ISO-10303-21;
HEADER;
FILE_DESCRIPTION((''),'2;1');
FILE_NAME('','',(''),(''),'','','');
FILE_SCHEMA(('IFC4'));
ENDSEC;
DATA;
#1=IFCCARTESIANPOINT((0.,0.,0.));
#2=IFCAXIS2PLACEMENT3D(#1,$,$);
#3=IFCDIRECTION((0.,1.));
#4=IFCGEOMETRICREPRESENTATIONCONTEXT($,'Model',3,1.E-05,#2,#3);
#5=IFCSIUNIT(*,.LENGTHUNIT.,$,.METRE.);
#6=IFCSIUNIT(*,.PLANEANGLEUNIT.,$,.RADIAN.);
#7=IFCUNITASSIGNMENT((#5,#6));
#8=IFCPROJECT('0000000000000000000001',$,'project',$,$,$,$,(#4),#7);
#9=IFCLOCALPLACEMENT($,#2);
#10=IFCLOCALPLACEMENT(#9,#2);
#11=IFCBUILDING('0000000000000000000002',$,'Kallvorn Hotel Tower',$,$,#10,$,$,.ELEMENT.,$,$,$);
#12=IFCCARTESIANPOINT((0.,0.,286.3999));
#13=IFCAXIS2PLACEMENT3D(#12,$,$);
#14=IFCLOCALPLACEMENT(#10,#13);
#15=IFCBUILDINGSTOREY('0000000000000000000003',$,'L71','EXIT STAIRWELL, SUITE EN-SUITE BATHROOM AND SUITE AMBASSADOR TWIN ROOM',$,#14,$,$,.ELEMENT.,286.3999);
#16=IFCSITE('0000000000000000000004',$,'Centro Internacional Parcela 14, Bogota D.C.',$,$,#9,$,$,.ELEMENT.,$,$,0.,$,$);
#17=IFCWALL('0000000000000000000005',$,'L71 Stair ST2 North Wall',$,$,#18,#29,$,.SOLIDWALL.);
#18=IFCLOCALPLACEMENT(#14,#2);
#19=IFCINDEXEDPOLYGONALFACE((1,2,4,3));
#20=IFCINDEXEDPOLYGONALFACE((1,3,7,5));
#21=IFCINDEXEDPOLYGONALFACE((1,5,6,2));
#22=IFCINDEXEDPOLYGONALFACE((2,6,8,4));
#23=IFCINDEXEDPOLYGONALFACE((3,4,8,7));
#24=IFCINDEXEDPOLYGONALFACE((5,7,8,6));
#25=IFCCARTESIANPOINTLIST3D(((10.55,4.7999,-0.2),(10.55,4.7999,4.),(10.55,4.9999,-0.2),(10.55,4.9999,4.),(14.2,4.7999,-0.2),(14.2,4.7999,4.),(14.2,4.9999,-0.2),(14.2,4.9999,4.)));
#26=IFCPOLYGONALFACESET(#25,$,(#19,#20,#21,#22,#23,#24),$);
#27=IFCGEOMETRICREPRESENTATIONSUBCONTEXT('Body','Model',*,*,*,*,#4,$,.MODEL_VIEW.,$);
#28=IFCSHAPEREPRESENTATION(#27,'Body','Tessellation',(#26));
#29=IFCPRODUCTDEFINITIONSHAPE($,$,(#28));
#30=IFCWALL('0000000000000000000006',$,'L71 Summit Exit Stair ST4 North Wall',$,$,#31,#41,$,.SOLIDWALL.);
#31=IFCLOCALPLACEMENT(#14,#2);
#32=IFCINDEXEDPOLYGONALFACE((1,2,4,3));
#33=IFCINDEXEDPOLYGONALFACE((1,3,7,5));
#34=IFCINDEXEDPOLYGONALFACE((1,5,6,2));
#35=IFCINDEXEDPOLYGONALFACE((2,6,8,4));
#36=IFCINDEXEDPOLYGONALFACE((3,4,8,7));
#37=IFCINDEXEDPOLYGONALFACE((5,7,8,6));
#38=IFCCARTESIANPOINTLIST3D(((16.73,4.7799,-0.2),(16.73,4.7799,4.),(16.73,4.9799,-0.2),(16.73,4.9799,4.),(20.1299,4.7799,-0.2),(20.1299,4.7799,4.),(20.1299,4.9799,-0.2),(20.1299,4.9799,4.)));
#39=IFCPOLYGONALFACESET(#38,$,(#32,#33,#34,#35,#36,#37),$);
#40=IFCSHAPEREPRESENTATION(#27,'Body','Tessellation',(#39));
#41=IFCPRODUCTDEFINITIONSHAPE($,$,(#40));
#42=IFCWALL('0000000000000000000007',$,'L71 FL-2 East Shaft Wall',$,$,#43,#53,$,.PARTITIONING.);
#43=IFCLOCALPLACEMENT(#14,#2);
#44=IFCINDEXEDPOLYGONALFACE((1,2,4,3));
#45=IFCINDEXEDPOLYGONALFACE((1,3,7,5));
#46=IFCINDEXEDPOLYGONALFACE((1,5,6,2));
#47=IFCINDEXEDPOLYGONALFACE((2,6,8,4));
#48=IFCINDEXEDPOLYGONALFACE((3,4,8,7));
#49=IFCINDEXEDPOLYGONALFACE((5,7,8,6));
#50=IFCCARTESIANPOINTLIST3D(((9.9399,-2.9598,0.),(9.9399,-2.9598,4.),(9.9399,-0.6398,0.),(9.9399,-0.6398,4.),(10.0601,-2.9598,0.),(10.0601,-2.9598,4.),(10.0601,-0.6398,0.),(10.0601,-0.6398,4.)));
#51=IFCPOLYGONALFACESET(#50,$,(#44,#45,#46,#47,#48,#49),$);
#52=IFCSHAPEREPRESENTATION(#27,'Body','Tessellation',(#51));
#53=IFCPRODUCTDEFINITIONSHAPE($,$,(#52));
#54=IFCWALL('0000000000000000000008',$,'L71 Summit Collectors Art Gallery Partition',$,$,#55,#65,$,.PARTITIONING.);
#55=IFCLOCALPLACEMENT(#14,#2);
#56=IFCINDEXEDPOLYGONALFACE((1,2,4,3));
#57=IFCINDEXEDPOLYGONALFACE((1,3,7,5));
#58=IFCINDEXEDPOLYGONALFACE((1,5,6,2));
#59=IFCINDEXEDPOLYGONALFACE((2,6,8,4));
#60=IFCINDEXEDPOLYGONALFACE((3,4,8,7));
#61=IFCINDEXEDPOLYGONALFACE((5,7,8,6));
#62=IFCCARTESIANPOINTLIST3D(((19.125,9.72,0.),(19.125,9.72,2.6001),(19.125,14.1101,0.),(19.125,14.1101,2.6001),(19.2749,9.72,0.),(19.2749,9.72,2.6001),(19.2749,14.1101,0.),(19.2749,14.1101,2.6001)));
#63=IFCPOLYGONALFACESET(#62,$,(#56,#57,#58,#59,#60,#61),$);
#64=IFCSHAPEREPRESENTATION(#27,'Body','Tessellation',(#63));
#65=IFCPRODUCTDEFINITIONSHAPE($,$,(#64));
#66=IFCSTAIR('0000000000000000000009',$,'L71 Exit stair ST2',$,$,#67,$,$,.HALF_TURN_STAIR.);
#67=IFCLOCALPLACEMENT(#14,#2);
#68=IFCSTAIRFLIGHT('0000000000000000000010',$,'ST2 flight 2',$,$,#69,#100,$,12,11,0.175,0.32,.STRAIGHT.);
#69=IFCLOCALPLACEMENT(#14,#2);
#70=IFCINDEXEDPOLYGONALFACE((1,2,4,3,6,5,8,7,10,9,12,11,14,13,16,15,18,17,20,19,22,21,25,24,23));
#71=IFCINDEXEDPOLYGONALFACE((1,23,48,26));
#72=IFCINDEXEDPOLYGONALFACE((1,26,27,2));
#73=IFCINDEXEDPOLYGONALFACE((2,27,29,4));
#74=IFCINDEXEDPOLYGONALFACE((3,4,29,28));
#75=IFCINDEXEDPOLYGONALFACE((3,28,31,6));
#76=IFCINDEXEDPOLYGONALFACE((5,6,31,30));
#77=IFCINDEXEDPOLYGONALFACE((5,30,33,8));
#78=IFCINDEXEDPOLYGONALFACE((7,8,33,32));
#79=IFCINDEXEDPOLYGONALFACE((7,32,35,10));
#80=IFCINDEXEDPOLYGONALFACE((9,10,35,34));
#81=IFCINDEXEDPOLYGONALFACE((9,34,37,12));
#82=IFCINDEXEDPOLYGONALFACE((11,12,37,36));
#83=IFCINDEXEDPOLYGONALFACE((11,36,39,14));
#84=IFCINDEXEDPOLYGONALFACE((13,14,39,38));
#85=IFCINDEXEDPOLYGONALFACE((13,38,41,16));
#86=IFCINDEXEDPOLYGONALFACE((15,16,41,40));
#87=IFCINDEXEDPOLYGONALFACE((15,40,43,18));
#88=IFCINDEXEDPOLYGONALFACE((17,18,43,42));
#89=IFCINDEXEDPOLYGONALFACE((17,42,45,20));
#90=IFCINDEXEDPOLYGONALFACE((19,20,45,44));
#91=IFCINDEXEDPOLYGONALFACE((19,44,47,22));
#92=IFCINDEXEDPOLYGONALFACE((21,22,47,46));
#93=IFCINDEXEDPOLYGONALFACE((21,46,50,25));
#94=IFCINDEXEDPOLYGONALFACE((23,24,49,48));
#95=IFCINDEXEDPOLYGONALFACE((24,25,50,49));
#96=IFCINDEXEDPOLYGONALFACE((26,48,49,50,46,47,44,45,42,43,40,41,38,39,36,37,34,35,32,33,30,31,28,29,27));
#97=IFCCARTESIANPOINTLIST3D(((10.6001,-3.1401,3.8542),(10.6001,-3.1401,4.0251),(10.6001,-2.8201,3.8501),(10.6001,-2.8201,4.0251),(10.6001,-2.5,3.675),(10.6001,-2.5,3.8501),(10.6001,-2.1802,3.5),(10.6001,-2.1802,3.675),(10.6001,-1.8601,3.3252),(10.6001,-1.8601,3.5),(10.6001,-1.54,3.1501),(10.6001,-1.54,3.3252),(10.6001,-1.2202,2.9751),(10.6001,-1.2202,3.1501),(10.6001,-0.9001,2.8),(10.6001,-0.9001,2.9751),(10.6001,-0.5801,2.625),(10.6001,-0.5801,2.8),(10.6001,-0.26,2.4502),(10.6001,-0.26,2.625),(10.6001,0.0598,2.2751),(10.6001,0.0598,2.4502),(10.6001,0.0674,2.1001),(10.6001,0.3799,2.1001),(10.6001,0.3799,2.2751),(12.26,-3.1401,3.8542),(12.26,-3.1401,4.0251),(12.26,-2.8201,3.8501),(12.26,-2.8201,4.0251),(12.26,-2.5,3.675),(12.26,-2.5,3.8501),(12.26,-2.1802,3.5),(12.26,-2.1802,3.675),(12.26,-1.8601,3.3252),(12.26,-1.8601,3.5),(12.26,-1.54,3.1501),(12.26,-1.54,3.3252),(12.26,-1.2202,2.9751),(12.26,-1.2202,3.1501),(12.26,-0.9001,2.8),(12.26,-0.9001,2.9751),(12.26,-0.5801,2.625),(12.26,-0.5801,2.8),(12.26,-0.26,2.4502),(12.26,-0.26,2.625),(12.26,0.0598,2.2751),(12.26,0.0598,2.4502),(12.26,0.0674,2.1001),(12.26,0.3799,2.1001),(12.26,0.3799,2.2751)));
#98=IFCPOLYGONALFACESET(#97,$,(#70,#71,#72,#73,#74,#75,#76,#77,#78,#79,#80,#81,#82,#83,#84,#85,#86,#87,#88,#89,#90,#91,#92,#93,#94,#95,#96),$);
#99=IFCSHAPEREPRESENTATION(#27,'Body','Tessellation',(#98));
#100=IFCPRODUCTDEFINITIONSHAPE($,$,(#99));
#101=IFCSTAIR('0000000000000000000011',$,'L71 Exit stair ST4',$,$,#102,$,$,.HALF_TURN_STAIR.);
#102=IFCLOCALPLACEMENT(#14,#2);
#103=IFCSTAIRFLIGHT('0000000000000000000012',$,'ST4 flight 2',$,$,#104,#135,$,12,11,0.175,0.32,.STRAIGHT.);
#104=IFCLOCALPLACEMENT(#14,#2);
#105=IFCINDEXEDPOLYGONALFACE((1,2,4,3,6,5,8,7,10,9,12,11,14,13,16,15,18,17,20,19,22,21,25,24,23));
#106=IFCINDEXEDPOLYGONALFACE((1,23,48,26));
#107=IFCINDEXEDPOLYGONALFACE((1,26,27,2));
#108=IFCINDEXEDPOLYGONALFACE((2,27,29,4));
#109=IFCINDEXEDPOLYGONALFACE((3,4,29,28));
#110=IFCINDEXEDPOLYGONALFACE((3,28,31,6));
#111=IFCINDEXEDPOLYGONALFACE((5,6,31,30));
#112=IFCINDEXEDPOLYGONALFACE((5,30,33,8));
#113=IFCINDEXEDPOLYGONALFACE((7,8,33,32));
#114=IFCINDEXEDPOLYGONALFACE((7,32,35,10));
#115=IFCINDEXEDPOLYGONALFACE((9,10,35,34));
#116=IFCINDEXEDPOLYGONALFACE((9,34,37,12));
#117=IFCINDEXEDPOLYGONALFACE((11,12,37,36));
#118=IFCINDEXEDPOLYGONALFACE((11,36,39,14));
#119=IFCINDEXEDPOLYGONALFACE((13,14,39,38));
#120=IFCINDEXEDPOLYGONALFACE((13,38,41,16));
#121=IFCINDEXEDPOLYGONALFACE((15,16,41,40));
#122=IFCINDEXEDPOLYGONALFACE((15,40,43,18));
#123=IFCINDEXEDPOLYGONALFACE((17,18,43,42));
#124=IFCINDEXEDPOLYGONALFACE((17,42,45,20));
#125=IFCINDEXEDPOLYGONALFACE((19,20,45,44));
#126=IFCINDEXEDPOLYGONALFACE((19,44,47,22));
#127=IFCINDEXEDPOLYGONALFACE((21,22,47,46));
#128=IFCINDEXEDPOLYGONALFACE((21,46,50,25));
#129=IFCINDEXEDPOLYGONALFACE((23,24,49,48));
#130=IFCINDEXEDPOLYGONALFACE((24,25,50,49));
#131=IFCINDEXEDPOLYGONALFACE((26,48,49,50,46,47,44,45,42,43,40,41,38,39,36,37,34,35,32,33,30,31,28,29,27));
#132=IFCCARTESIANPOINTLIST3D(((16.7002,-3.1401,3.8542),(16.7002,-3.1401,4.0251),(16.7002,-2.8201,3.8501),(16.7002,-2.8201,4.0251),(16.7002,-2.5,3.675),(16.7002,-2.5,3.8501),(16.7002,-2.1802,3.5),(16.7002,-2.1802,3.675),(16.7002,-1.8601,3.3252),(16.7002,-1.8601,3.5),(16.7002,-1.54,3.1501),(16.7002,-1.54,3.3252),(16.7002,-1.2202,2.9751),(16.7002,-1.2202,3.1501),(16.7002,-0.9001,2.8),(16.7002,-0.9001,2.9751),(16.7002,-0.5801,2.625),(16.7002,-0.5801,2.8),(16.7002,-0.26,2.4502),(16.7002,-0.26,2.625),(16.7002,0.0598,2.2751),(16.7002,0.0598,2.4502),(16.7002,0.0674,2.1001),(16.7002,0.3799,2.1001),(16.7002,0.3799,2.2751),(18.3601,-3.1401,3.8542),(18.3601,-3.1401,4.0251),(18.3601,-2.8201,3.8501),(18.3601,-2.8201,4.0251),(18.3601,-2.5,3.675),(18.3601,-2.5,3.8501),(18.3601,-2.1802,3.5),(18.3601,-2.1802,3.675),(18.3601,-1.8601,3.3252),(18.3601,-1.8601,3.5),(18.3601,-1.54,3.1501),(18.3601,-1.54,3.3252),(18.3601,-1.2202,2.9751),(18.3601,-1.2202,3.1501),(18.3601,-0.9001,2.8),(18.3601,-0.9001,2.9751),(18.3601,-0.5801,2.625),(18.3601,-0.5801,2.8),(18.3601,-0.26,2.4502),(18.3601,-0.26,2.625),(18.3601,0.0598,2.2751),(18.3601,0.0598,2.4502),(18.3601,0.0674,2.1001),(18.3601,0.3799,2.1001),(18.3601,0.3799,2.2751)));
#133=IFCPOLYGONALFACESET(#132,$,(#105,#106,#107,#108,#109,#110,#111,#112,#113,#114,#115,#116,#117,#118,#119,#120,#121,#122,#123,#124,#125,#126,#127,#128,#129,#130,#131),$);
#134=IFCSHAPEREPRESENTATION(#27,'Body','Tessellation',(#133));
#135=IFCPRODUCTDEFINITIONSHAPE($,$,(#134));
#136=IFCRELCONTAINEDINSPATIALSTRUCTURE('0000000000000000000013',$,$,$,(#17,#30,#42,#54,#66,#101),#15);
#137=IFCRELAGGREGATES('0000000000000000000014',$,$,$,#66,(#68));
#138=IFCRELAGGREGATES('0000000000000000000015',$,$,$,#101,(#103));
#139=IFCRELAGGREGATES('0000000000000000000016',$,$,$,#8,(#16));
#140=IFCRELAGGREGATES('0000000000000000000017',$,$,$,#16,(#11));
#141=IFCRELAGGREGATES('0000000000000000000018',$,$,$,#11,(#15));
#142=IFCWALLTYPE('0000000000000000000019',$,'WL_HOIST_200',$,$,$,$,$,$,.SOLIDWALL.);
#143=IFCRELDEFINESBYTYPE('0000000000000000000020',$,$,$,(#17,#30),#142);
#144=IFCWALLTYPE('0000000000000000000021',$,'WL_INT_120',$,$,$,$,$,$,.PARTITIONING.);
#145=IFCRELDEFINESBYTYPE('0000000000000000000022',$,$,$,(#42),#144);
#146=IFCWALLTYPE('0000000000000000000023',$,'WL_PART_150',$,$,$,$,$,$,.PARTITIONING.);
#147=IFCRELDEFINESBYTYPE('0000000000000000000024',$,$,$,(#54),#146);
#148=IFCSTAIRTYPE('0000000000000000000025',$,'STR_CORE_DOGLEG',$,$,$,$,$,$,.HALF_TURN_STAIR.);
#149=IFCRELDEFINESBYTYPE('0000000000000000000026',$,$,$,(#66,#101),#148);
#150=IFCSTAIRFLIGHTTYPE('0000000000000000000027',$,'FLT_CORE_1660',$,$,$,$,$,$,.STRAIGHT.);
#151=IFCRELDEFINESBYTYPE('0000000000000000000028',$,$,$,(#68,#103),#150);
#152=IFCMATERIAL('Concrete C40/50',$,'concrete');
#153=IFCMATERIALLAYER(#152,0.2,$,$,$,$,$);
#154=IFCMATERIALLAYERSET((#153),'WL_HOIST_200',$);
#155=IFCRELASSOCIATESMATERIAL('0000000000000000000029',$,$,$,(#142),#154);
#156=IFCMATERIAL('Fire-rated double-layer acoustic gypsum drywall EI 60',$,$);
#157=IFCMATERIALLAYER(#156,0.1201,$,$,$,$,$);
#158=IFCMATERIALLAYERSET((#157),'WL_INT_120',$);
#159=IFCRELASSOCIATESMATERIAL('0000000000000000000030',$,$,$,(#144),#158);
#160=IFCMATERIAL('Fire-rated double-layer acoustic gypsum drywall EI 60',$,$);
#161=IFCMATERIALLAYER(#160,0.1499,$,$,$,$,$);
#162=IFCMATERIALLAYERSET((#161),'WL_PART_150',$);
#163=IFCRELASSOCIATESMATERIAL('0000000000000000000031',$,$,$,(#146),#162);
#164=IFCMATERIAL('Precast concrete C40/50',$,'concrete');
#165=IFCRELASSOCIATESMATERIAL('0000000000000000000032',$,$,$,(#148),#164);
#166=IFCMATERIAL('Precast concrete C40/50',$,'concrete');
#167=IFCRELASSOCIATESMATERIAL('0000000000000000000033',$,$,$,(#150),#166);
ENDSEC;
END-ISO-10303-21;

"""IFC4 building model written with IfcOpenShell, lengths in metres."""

from ifc_helpers import new_model, si_unit, direction, frame, frame_2d, origin, place, context, subcontext, project, spatial, polyline, rectangle, outline, extrude, material, layer, layer_set, type_object, element, aggregate, save


model = new_model("IFC4")

# Units and contexts
model_context = context("Model", 3, precision=1e-05, world=origin(), true_north=direction((0.0, 1.0)))
body_context = subcontext(model_context, "Body", "Model", "MODEL_VIEW")
ifc_project = project(units=[si_unit("LENGTHUNIT", "METRE"), si_unit("PLANEANGLEUNIT", "RADIAN")], contexts=[model_context])

# Site, building, storey
site_placement = place(None, origin())
site = spatial("IfcSite", under=ifc_project, at=site_placement, Name="Centro Internacional Parcela 14, Bogota D.C.", CompositionType="ELEMENT", RefElevation=0.0)
building_placement = place(site_placement, origin())
building = spatial("IfcBuilding", under=site, at=building_placement, Name="Kallvorn Hotel Tower", CompositionType="ELEMENT")
storey_placement = place(building_placement, frame((0.0, 0.0, 286.3999)))
storey = spatial("IfcBuildingStorey", under=building, at=storey_placement, Name="L71", Description="EXIT STAIRWELL, SUITE EN-SUITE BATHROOM AND SUITE AMBASSADOR TWIN ROOM", CompositionType="ELEMENT", Elevation=286.3999)

# Walls
ifc_material_1 = material(Name="Concrete C40/50", Category="concrete")
ifc_layer_1 = layer(ifc_material_1, 0.2)
ifc_layer_set_1 = layer_set([ifc_layer_1], Name="WL_HOIST_200")
wall_type_1 = type_object("IfcWallType", Name="WL_HOIST_200", PredefinedType="SOLIDWALL", material=ifc_layer_set_1)
wall_1_placement = place(storey_placement, frame((10.55, 4.8999, -0.2), z_axis=(0.0, 0.0, 1.0), x_axis=(1.0, 0.0, 0.0)))
element("IfcWall", 1, at=wall_1_placement, inside=storey, type_object=wall_type_1, Name="L71 Stair ST2 North Wall", PredefinedType="SOLIDWALL", context=body_context, shape_type="SweptSolid", body=[
    extrude(rectangle(XDim=3.6499, YDim=0.2, at=frame_2d((1.825, 0.0))), origin(), (0.0, 0.0, 1.0), 4.2),
])
wall_2_placement = place(storey_placement, frame((16.73, 4.8799, -0.2), z_axis=(0.0, 0.0, 1.0), x_axis=(1.0, 0.0, 0.0)))
element("IfcWall", 2, at=wall_2_placement, inside=storey, type_object=wall_type_1, Name="L71 Summit Exit Stair ST4 North Wall", PredefinedType="SOLIDWALL", context=body_context, shape_type="SweptSolid", body=[
    extrude(rectangle(XDim=3.3999, YDim=0.2, at=frame_2d((1.7, 0.0))), origin(), (0.0, 0.0, 1.0), 4.2),
])
ifc_material_2 = material(Name="Fire-rated double-layer acoustic gypsum drywall EI 60")
ifc_layer_2 = layer(ifc_material_2, 0.1201)
ifc_layer_set_2 = layer_set([ifc_layer_2], Name="WL_INT_120")
wall_type_2 = type_object("IfcWallType", Name="WL_INT_120", PredefinedType="PARTITIONING", material=ifc_layer_set_2)
wall_3_placement = place(storey_placement, frame((10.0, -2.96, 0.0), z_axis=(0.0, 0.0, 1.0), x_axis=(0.0, 1.0, 0.0)))
element("IfcWall", 3, at=wall_3_placement, inside=storey, type_object=wall_type_2, Name="L71 FL-2 East Shaft Wall", PredefinedType="PARTITIONING", context=body_context, shape_type="SweptSolid", body=[
    extrude(rectangle(XDim=2.3201, YDim=0.1201, at=frame_2d((1.1602, 0.0))), origin(), (0.0, 0.0, 1.0), 4.0),
])
ifc_material_3 = material(Name="Fire-rated double-layer acoustic gypsum drywall EI 60")
ifc_layer_3 = layer(ifc_material_3, 0.1499)
ifc_layer_set_3 = layer_set([ifc_layer_3], Name="WL_PART_150")
wall_type_3 = type_object("IfcWallType", Name="WL_PART_150", PredefinedType="PARTITIONING", material=ifc_layer_set_3)
wall_4_placement = place(storey_placement, frame((19.2, 9.72, 0.0), z_axis=(0.0, 0.0, 1.0), x_axis=(0.0, 1.0, 0.0)))
element("IfcWall", 4, at=wall_4_placement, inside=storey, type_object=wall_type_3, Name="L71 Summit Collectors Art Gallery Partition", PredefinedType="PARTITIONING", context=body_context, shape_type="SweptSolid", body=[
    extrude(rectangle(XDim=4.3901, YDim=0.1499, at=frame_2d((2.1951, 0.0))), origin(), (0.0, 0.0, 1.0), 2.6001),
])

# Stairs, stair flights
ifc_material_4 = material(Name="Precast concrete C40/50", Category="concrete")
stair_type = type_object("IfcStairType", Name="STR_CORE_DOGLEG", PredefinedType="HALF_TURN_STAIR", material=ifc_material_4)
stair_1_placement = place(storey_placement, origin())
stair_1 = element("IfcStair", 5, at=stair_1_placement, inside=storey, type_object=stair_type, Name="L71 Exit stair ST2", PredefinedType="HALF_TURN_STAIR")
ifc_material_5 = material(Name="Precast concrete C40/50", Category="concrete")
stair_flight_type = type_object("IfcStairFlightType", Name="FLT_CORE_1660", PredefinedType="STRAIGHT", material=ifc_material_5)
stair_flight_1_placement = place(storey_placement, frame((11.4299, 0.3799, 2.1001), z_axis=(0.0, 0.0, 1.0), x_axis=(0.0, -1.0, 0.0)))
stair_flight_1 = element("IfcStairFlight", 6, at=stair_flight_1_placement, type_object=stair_flight_type, Name="ST2 flight 2", NumberOfRisers=12, NumberOfTreads=11, PredefinedType="STRAIGHT", RiserHeight=0.175, TreadLength=0.32, context=body_context, shape_type="SweptSolid", body=[
    extrude(outline(polyline([(0.0, 0.0), (0.0, 0.175), (0.3201, 0.175), (0.3201, 0.3501), (0.6399, 0.3501), (0.6399, 0.5249), (0.96, 0.5249), (0.96, 0.7), (1.28, 0.7), (1.28, 0.875), (1.6001, 0.875), (1.6001, 1.05), (1.9199, 1.05), (1.9199, 1.2251), (2.24, 1.2251), (2.24, 1.3999), (2.5601, 1.3999), (2.5601, 1.575), (2.8799, 1.575), (2.8799, 1.75), (3.2, 1.75), (3.2, 1.925), (3.52, 1.925), (3.52, 2.1001), (3.52, 1.7542), (0.3125, 0.0), (0.0, 0.0)])), frame((0.0, 0.8301, 0.0), z_axis=(0.0, -1.0, 0.0), x_axis=(1.0, 0.0, 0.0)), (0.0, 0.0, 1.0), 1.6599),
])
aggregate(stair_1, [stair_flight_1])
stair_2_placement = place(storey_placement, origin())
stair_2 = element("IfcStair", 7, at=stair_2_placement, inside=storey, type_object=stair_type, Name="L71 Exit stair ST4", PredefinedType="HALF_TURN_STAIR")
stair_flight_2_placement = place(storey_placement, frame((17.53, 0.3799, 2.1001), z_axis=(0.0, 0.0, 1.0), x_axis=(0.0, -1.0, 0.0)))
stair_flight_2 = element("IfcStairFlight", 8, at=stair_flight_2_placement, type_object=stair_flight_type, Name="ST4 flight 2", NumberOfRisers=12, NumberOfTreads=11, PredefinedType="STRAIGHT", RiserHeight=0.175, TreadLength=0.32, context=body_context, shape_type="SweptSolid", body=[
    extrude(outline(polyline([(0.0, 0.0), (0.0, 0.175), (0.3201, 0.175), (0.3201, 0.3501), (0.6399, 0.3501), (0.6399, 0.5249), (0.96, 0.5249), (0.96, 0.7), (1.28, 0.7), (1.28, 0.875), (1.6001, 0.875), (1.6001, 1.05), (1.9199, 1.05), (1.9199, 1.2251), (2.24, 1.2251), (2.24, 1.3999), (2.5601, 1.3999), (2.5601, 1.575), (2.8799, 1.575), (2.8799, 1.75), (3.2, 1.75), (3.2, 1.925), (3.52, 1.925), (3.52, 2.1001), (3.52, 1.7542), (0.3125, 0.0), (0.0, 0.0)])), frame((0.0, 0.8301, 0.0), z_axis=(0.0, -1.0, 0.0), x_axis=(1.0, 0.0, 0.0)), (0.0, 0.0, 1.0), 1.6599),
])
aggregate(stair_2, [stair_flight_2])

save(model, "model.ifc")
